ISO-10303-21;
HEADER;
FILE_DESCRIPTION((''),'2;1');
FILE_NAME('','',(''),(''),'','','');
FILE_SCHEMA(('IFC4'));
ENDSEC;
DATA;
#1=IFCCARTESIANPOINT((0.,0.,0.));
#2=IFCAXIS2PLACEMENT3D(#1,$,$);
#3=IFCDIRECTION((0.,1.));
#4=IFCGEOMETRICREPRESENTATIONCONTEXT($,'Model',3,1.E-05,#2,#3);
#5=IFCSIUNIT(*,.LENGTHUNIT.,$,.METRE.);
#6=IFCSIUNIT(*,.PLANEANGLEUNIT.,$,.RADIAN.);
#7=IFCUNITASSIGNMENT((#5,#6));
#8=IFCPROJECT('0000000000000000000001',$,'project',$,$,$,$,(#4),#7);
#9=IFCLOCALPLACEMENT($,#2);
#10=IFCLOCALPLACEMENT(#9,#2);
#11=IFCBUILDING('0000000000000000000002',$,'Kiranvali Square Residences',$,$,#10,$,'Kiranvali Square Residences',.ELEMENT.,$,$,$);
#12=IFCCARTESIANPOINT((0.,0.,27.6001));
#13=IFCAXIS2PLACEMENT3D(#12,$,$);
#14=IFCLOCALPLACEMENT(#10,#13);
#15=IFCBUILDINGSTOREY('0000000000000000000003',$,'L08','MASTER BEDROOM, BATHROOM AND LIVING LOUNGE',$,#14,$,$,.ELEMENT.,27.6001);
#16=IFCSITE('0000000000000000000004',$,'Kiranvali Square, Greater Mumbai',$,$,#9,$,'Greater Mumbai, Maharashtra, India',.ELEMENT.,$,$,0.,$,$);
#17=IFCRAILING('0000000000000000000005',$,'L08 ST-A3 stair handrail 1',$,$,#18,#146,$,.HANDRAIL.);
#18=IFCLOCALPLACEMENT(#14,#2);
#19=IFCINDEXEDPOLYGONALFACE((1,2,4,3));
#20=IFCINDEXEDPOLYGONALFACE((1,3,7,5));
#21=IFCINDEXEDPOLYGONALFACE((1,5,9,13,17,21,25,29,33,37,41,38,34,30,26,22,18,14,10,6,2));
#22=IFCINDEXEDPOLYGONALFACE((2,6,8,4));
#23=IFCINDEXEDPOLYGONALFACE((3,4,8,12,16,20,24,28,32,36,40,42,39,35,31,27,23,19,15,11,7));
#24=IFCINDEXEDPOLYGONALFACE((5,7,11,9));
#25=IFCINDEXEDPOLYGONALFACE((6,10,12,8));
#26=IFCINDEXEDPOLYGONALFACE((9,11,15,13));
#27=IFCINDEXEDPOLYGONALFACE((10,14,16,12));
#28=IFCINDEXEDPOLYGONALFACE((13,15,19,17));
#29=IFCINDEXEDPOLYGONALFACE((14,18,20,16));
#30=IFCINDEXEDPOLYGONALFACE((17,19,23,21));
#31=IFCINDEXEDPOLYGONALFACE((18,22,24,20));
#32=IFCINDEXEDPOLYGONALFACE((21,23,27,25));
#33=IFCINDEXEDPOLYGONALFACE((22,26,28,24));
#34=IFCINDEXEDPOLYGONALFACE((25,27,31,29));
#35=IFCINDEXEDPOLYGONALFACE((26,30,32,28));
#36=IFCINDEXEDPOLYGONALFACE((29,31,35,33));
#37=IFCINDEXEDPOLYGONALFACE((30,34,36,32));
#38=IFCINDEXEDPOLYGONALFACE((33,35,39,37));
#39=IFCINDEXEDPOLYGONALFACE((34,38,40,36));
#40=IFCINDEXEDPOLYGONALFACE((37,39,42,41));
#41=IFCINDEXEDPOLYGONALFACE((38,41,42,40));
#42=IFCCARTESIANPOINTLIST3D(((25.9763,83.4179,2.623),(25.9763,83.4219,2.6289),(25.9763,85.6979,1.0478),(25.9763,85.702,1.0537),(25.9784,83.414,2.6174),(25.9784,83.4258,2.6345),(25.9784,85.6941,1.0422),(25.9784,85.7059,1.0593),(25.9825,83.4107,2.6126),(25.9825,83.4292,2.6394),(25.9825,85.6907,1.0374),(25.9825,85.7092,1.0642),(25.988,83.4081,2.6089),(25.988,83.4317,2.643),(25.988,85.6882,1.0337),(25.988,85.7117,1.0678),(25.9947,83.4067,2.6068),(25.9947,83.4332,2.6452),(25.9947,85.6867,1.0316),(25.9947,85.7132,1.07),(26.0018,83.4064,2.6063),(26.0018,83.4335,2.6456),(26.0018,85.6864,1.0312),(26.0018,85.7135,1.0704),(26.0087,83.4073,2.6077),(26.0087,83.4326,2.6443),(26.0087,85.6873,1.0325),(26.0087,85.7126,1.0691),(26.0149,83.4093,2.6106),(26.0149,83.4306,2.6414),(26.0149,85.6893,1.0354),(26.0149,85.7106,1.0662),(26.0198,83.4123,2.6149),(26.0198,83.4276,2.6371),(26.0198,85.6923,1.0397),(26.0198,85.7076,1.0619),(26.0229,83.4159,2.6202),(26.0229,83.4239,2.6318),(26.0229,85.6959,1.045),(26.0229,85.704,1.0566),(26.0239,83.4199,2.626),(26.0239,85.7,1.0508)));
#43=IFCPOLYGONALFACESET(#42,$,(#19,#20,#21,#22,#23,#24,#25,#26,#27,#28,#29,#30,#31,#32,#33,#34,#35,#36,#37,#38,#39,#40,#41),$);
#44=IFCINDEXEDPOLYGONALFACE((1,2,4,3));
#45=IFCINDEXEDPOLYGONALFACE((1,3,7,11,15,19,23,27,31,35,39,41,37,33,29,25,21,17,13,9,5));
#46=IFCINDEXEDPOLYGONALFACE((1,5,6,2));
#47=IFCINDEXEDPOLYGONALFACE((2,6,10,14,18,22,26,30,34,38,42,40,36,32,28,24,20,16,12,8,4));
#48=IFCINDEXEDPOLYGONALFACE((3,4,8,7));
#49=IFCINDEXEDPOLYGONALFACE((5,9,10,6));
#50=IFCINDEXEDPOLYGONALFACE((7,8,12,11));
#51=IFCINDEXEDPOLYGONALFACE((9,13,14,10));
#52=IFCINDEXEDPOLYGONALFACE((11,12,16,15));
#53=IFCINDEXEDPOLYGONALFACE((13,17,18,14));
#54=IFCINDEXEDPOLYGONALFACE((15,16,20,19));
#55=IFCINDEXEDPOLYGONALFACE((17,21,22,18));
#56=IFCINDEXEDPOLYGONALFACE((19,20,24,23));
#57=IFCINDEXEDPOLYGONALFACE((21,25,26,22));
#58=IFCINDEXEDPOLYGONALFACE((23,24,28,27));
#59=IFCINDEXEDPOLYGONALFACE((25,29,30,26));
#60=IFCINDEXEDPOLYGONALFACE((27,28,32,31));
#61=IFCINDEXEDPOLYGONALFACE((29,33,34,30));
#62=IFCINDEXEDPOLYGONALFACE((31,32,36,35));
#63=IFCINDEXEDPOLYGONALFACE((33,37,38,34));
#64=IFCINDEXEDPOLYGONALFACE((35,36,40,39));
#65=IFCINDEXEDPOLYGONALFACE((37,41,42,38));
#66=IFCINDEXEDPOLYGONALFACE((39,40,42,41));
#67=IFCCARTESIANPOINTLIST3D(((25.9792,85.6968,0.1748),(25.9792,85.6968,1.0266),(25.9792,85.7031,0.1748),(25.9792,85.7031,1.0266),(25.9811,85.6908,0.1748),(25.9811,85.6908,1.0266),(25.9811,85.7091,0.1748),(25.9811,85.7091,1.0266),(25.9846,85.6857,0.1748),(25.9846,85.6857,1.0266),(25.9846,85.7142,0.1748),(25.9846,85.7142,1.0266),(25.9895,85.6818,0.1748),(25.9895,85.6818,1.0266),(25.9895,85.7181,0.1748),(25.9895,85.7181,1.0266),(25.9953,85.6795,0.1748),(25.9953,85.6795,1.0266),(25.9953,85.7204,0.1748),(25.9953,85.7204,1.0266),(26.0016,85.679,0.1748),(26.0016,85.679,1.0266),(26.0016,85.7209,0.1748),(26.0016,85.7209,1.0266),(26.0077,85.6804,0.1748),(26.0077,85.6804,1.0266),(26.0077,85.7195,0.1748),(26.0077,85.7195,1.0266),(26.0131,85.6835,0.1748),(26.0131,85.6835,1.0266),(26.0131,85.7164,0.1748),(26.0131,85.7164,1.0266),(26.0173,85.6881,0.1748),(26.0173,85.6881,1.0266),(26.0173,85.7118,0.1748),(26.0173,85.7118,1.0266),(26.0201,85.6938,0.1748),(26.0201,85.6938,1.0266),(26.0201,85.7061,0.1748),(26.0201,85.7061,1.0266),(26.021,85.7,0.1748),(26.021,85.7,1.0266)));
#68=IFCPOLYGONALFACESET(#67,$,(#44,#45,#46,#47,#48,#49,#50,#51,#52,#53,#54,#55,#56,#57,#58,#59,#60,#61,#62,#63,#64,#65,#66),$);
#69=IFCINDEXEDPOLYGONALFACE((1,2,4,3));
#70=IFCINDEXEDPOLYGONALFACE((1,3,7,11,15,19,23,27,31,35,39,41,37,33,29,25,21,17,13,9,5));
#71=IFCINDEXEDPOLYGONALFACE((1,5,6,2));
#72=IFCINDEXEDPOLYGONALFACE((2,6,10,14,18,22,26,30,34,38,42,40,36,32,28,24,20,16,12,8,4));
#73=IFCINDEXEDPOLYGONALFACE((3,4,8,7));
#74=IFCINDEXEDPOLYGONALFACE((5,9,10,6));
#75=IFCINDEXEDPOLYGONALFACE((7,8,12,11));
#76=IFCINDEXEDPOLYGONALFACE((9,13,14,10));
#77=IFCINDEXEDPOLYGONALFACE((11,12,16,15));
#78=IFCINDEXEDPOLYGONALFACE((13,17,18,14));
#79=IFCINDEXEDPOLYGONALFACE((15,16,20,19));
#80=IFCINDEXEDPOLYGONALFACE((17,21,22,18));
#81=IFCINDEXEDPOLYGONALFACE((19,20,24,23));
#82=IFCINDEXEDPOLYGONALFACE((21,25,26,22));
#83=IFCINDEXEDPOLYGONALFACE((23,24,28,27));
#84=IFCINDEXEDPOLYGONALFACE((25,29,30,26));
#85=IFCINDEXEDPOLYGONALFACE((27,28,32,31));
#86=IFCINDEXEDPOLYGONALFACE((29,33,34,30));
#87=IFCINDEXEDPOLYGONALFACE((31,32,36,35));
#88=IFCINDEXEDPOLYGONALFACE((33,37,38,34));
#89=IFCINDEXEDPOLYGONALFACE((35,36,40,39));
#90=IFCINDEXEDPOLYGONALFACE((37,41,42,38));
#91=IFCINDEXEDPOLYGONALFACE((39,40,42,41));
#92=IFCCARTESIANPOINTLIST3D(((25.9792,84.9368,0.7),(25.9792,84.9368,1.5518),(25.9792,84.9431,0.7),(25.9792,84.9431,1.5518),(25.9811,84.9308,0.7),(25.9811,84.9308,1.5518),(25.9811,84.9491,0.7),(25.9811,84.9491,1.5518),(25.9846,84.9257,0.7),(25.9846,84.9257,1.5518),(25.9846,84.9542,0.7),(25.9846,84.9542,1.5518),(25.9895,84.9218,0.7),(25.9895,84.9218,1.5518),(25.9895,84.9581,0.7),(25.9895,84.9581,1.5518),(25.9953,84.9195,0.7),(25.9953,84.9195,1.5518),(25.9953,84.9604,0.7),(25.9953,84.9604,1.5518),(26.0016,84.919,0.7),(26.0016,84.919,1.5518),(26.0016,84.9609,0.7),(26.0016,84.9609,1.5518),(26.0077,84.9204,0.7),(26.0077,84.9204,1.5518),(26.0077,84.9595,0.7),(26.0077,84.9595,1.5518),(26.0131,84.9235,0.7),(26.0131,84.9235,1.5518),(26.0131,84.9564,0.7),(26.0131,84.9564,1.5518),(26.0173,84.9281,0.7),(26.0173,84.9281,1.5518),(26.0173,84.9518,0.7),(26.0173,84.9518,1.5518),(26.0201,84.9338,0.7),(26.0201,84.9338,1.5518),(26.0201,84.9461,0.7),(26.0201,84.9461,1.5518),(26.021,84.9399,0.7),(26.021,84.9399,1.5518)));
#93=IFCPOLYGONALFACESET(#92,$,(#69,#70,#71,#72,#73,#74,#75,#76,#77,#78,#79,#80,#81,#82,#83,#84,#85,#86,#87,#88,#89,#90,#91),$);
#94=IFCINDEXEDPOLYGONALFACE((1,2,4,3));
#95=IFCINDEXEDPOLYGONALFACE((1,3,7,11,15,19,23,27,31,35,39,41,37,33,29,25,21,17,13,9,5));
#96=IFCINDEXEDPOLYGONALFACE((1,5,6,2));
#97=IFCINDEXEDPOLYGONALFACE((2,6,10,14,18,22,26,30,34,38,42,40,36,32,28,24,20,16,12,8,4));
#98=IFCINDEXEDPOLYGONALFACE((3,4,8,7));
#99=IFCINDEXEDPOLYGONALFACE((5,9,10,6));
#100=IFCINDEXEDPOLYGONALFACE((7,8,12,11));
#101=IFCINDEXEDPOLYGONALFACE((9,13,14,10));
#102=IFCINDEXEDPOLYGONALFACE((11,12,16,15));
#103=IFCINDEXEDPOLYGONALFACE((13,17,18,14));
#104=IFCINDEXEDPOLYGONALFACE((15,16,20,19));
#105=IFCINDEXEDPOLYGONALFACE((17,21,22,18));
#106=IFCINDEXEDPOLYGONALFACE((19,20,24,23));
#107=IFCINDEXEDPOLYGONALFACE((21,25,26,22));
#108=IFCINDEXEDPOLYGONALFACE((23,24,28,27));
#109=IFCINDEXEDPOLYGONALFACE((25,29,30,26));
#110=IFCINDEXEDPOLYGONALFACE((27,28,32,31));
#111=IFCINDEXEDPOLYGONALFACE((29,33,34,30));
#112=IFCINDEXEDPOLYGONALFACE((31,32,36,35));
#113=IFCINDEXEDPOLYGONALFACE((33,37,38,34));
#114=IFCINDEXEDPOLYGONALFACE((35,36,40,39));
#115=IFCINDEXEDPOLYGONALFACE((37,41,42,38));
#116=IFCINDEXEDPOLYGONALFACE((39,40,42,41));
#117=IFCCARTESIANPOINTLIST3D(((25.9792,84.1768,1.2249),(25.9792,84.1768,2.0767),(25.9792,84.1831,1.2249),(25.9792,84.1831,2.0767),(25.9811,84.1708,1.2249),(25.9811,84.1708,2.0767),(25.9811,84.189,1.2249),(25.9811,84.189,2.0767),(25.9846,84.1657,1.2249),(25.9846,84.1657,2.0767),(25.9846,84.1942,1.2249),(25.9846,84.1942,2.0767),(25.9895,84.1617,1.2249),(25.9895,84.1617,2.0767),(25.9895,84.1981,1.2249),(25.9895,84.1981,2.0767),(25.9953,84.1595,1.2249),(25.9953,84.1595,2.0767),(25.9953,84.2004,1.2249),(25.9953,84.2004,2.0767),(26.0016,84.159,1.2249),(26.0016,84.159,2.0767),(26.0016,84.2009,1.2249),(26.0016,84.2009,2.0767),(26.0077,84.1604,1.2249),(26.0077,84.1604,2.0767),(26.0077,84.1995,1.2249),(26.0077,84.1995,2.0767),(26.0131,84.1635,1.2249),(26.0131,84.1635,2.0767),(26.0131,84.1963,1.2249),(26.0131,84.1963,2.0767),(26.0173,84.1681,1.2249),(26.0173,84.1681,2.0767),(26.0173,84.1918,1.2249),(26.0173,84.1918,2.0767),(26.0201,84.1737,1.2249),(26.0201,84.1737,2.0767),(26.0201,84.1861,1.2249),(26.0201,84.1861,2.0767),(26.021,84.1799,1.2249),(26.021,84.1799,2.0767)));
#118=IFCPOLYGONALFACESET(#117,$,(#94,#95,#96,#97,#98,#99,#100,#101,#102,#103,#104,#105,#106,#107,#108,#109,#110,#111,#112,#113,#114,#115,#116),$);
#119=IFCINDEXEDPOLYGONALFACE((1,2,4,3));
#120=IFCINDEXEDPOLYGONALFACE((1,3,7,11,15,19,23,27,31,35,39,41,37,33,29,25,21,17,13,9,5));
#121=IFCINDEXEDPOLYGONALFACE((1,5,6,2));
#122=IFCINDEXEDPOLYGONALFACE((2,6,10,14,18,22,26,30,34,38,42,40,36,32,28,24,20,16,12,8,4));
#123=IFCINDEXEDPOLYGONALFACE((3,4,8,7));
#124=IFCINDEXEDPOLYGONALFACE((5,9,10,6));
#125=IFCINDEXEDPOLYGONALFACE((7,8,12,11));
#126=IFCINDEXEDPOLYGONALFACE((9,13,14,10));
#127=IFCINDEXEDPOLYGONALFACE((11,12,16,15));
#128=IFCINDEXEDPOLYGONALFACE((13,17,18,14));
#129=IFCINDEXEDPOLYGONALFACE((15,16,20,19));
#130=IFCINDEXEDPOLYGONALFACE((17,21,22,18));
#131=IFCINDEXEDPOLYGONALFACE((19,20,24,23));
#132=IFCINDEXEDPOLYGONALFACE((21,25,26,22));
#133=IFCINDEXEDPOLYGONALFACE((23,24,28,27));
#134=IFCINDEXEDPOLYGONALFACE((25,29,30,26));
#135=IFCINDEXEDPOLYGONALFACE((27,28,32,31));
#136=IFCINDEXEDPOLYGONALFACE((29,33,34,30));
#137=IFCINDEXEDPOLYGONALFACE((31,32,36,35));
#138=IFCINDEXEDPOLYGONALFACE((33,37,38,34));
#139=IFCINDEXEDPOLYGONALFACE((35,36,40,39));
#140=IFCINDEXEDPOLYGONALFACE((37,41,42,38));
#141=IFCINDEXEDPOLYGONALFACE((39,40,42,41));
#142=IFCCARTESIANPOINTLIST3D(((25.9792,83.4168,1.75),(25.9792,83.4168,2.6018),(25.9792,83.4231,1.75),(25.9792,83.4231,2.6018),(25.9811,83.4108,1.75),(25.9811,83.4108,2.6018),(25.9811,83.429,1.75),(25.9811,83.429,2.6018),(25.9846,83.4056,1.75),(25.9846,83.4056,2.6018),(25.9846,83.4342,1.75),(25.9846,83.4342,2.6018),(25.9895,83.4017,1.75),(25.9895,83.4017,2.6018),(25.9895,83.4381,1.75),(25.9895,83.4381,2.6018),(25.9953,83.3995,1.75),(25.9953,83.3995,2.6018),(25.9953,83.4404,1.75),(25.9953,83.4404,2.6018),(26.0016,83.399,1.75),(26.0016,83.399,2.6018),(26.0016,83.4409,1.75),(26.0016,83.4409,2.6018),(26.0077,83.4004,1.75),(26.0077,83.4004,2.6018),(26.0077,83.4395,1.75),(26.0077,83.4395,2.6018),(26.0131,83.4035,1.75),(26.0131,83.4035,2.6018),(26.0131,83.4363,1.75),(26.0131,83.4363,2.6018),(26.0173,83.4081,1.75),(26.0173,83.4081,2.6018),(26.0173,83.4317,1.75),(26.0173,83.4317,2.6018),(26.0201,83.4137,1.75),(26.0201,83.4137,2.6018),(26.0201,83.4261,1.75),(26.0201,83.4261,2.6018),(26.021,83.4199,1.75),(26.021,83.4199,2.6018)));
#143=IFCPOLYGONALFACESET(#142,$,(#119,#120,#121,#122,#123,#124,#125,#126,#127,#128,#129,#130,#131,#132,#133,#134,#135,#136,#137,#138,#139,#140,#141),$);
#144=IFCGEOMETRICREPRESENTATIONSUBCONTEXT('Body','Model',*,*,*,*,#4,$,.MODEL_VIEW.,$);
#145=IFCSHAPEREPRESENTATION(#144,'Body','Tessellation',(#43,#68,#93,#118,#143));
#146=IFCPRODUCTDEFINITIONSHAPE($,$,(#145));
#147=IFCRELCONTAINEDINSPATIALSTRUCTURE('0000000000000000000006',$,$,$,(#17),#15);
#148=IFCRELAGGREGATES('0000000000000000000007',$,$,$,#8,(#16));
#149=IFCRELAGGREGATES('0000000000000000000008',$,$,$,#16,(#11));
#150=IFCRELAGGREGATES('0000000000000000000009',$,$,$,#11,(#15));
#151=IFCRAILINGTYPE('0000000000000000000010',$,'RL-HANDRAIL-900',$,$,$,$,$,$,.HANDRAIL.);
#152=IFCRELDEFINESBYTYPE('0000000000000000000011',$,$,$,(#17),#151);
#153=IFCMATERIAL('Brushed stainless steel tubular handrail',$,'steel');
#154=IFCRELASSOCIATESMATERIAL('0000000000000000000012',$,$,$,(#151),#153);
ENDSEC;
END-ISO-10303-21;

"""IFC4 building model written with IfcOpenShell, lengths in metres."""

from ifc_helpers import new_model, si_unit, direction, frame, origin, origin_2d, place, context, subcontext, project, spatial, circle, extrude, material, type_object, element, save


model = new_model("IFC4")

# Units and contexts
model_context = context("Model", 3, precision=1e-05, world=origin(), true_north=direction((0.0, 1.0)))
body_context = subcontext(model_context, "Body", "Model", "MODEL_VIEW")
ifc_project = project(units=[si_unit("LENGTHUNIT", "METRE"), si_unit("PLANEANGLEUNIT", "RADIAN")], contexts=[model_context])

# Site, building, storey
site_placement = place(None, origin())
site = spatial("IfcSite", under=ifc_project, at=site_placement, Name="Kiranvali Square, Greater Mumbai", LongName="Greater Mumbai, Maharashtra, India", CompositionType="ELEMENT", RefElevation=0.0)
building_placement = place(site_placement, origin())
building = spatial("IfcBuilding", under=site, at=building_placement, Name="Kiranvali Square Residences", LongName="Kiranvali Square Residences", CompositionType="ELEMENT")
storey_placement = place(building_placement, frame((0.0, 0.0, 27.6001)))
storey = spatial("IfcBuildingStorey", under=building, at=storey_placement, Name="L08", Description="MASTER BEDROOM, BATHROOM AND LIVING LOUNGE", CompositionType="ELEMENT", Elevation=27.6001)

# Railing
ifc_material_1 = material(Name="Brushed stainless steel tubular handrail", Category="steel")
railing_type_1 = type_object("IfcRailingType", Name="RL-HANDRAIL-900", PredefinedType="HANDRAIL", material=ifc_material_1)
railing_1_placement = place(storey_placement, frame((26.0, 85.7, 0.1748)))
element("IfcRailing", 1, at=railing_1_placement, inside=storey, type_object=railing_type_1, Name="L08 ST-A3 stair handrail 1", PredefinedType="HANDRAIL", context=body_context, shape_type="SweptSolid", body=[
    extrude(circle(Radius=0.0239, at=origin_2d()), frame((0.0, 0.0, 0.876), z_axis=(0.0, -0.822747, 0.568408), x_axis=(1.0, 0.0, 0.0)), (0.0, 0.0, 1.0), 2.7712),
    extrude(circle(Radius=0.021, at=origin_2d()), origin(), (0.0, 0.0, 1.0), 0.8518),
    extrude(circle(Radius=0.021, at=origin_2d()), frame((0.0, -0.76, 0.5251)), (0.0, 0.0, 1.0), 0.8518),
    extrude(circle(Radius=0.021, at=origin_2d()), frame((0.0, -1.52, 1.05)), (0.0, 0.0, 1.0), 0.8518),
    extrude(circle(Radius=0.021, at=origin_2d()), frame((0.0, -2.28, 1.5752)), (0.0, 0.0, 1.0), 0.8518),
])

save(model, "model.ifc")
